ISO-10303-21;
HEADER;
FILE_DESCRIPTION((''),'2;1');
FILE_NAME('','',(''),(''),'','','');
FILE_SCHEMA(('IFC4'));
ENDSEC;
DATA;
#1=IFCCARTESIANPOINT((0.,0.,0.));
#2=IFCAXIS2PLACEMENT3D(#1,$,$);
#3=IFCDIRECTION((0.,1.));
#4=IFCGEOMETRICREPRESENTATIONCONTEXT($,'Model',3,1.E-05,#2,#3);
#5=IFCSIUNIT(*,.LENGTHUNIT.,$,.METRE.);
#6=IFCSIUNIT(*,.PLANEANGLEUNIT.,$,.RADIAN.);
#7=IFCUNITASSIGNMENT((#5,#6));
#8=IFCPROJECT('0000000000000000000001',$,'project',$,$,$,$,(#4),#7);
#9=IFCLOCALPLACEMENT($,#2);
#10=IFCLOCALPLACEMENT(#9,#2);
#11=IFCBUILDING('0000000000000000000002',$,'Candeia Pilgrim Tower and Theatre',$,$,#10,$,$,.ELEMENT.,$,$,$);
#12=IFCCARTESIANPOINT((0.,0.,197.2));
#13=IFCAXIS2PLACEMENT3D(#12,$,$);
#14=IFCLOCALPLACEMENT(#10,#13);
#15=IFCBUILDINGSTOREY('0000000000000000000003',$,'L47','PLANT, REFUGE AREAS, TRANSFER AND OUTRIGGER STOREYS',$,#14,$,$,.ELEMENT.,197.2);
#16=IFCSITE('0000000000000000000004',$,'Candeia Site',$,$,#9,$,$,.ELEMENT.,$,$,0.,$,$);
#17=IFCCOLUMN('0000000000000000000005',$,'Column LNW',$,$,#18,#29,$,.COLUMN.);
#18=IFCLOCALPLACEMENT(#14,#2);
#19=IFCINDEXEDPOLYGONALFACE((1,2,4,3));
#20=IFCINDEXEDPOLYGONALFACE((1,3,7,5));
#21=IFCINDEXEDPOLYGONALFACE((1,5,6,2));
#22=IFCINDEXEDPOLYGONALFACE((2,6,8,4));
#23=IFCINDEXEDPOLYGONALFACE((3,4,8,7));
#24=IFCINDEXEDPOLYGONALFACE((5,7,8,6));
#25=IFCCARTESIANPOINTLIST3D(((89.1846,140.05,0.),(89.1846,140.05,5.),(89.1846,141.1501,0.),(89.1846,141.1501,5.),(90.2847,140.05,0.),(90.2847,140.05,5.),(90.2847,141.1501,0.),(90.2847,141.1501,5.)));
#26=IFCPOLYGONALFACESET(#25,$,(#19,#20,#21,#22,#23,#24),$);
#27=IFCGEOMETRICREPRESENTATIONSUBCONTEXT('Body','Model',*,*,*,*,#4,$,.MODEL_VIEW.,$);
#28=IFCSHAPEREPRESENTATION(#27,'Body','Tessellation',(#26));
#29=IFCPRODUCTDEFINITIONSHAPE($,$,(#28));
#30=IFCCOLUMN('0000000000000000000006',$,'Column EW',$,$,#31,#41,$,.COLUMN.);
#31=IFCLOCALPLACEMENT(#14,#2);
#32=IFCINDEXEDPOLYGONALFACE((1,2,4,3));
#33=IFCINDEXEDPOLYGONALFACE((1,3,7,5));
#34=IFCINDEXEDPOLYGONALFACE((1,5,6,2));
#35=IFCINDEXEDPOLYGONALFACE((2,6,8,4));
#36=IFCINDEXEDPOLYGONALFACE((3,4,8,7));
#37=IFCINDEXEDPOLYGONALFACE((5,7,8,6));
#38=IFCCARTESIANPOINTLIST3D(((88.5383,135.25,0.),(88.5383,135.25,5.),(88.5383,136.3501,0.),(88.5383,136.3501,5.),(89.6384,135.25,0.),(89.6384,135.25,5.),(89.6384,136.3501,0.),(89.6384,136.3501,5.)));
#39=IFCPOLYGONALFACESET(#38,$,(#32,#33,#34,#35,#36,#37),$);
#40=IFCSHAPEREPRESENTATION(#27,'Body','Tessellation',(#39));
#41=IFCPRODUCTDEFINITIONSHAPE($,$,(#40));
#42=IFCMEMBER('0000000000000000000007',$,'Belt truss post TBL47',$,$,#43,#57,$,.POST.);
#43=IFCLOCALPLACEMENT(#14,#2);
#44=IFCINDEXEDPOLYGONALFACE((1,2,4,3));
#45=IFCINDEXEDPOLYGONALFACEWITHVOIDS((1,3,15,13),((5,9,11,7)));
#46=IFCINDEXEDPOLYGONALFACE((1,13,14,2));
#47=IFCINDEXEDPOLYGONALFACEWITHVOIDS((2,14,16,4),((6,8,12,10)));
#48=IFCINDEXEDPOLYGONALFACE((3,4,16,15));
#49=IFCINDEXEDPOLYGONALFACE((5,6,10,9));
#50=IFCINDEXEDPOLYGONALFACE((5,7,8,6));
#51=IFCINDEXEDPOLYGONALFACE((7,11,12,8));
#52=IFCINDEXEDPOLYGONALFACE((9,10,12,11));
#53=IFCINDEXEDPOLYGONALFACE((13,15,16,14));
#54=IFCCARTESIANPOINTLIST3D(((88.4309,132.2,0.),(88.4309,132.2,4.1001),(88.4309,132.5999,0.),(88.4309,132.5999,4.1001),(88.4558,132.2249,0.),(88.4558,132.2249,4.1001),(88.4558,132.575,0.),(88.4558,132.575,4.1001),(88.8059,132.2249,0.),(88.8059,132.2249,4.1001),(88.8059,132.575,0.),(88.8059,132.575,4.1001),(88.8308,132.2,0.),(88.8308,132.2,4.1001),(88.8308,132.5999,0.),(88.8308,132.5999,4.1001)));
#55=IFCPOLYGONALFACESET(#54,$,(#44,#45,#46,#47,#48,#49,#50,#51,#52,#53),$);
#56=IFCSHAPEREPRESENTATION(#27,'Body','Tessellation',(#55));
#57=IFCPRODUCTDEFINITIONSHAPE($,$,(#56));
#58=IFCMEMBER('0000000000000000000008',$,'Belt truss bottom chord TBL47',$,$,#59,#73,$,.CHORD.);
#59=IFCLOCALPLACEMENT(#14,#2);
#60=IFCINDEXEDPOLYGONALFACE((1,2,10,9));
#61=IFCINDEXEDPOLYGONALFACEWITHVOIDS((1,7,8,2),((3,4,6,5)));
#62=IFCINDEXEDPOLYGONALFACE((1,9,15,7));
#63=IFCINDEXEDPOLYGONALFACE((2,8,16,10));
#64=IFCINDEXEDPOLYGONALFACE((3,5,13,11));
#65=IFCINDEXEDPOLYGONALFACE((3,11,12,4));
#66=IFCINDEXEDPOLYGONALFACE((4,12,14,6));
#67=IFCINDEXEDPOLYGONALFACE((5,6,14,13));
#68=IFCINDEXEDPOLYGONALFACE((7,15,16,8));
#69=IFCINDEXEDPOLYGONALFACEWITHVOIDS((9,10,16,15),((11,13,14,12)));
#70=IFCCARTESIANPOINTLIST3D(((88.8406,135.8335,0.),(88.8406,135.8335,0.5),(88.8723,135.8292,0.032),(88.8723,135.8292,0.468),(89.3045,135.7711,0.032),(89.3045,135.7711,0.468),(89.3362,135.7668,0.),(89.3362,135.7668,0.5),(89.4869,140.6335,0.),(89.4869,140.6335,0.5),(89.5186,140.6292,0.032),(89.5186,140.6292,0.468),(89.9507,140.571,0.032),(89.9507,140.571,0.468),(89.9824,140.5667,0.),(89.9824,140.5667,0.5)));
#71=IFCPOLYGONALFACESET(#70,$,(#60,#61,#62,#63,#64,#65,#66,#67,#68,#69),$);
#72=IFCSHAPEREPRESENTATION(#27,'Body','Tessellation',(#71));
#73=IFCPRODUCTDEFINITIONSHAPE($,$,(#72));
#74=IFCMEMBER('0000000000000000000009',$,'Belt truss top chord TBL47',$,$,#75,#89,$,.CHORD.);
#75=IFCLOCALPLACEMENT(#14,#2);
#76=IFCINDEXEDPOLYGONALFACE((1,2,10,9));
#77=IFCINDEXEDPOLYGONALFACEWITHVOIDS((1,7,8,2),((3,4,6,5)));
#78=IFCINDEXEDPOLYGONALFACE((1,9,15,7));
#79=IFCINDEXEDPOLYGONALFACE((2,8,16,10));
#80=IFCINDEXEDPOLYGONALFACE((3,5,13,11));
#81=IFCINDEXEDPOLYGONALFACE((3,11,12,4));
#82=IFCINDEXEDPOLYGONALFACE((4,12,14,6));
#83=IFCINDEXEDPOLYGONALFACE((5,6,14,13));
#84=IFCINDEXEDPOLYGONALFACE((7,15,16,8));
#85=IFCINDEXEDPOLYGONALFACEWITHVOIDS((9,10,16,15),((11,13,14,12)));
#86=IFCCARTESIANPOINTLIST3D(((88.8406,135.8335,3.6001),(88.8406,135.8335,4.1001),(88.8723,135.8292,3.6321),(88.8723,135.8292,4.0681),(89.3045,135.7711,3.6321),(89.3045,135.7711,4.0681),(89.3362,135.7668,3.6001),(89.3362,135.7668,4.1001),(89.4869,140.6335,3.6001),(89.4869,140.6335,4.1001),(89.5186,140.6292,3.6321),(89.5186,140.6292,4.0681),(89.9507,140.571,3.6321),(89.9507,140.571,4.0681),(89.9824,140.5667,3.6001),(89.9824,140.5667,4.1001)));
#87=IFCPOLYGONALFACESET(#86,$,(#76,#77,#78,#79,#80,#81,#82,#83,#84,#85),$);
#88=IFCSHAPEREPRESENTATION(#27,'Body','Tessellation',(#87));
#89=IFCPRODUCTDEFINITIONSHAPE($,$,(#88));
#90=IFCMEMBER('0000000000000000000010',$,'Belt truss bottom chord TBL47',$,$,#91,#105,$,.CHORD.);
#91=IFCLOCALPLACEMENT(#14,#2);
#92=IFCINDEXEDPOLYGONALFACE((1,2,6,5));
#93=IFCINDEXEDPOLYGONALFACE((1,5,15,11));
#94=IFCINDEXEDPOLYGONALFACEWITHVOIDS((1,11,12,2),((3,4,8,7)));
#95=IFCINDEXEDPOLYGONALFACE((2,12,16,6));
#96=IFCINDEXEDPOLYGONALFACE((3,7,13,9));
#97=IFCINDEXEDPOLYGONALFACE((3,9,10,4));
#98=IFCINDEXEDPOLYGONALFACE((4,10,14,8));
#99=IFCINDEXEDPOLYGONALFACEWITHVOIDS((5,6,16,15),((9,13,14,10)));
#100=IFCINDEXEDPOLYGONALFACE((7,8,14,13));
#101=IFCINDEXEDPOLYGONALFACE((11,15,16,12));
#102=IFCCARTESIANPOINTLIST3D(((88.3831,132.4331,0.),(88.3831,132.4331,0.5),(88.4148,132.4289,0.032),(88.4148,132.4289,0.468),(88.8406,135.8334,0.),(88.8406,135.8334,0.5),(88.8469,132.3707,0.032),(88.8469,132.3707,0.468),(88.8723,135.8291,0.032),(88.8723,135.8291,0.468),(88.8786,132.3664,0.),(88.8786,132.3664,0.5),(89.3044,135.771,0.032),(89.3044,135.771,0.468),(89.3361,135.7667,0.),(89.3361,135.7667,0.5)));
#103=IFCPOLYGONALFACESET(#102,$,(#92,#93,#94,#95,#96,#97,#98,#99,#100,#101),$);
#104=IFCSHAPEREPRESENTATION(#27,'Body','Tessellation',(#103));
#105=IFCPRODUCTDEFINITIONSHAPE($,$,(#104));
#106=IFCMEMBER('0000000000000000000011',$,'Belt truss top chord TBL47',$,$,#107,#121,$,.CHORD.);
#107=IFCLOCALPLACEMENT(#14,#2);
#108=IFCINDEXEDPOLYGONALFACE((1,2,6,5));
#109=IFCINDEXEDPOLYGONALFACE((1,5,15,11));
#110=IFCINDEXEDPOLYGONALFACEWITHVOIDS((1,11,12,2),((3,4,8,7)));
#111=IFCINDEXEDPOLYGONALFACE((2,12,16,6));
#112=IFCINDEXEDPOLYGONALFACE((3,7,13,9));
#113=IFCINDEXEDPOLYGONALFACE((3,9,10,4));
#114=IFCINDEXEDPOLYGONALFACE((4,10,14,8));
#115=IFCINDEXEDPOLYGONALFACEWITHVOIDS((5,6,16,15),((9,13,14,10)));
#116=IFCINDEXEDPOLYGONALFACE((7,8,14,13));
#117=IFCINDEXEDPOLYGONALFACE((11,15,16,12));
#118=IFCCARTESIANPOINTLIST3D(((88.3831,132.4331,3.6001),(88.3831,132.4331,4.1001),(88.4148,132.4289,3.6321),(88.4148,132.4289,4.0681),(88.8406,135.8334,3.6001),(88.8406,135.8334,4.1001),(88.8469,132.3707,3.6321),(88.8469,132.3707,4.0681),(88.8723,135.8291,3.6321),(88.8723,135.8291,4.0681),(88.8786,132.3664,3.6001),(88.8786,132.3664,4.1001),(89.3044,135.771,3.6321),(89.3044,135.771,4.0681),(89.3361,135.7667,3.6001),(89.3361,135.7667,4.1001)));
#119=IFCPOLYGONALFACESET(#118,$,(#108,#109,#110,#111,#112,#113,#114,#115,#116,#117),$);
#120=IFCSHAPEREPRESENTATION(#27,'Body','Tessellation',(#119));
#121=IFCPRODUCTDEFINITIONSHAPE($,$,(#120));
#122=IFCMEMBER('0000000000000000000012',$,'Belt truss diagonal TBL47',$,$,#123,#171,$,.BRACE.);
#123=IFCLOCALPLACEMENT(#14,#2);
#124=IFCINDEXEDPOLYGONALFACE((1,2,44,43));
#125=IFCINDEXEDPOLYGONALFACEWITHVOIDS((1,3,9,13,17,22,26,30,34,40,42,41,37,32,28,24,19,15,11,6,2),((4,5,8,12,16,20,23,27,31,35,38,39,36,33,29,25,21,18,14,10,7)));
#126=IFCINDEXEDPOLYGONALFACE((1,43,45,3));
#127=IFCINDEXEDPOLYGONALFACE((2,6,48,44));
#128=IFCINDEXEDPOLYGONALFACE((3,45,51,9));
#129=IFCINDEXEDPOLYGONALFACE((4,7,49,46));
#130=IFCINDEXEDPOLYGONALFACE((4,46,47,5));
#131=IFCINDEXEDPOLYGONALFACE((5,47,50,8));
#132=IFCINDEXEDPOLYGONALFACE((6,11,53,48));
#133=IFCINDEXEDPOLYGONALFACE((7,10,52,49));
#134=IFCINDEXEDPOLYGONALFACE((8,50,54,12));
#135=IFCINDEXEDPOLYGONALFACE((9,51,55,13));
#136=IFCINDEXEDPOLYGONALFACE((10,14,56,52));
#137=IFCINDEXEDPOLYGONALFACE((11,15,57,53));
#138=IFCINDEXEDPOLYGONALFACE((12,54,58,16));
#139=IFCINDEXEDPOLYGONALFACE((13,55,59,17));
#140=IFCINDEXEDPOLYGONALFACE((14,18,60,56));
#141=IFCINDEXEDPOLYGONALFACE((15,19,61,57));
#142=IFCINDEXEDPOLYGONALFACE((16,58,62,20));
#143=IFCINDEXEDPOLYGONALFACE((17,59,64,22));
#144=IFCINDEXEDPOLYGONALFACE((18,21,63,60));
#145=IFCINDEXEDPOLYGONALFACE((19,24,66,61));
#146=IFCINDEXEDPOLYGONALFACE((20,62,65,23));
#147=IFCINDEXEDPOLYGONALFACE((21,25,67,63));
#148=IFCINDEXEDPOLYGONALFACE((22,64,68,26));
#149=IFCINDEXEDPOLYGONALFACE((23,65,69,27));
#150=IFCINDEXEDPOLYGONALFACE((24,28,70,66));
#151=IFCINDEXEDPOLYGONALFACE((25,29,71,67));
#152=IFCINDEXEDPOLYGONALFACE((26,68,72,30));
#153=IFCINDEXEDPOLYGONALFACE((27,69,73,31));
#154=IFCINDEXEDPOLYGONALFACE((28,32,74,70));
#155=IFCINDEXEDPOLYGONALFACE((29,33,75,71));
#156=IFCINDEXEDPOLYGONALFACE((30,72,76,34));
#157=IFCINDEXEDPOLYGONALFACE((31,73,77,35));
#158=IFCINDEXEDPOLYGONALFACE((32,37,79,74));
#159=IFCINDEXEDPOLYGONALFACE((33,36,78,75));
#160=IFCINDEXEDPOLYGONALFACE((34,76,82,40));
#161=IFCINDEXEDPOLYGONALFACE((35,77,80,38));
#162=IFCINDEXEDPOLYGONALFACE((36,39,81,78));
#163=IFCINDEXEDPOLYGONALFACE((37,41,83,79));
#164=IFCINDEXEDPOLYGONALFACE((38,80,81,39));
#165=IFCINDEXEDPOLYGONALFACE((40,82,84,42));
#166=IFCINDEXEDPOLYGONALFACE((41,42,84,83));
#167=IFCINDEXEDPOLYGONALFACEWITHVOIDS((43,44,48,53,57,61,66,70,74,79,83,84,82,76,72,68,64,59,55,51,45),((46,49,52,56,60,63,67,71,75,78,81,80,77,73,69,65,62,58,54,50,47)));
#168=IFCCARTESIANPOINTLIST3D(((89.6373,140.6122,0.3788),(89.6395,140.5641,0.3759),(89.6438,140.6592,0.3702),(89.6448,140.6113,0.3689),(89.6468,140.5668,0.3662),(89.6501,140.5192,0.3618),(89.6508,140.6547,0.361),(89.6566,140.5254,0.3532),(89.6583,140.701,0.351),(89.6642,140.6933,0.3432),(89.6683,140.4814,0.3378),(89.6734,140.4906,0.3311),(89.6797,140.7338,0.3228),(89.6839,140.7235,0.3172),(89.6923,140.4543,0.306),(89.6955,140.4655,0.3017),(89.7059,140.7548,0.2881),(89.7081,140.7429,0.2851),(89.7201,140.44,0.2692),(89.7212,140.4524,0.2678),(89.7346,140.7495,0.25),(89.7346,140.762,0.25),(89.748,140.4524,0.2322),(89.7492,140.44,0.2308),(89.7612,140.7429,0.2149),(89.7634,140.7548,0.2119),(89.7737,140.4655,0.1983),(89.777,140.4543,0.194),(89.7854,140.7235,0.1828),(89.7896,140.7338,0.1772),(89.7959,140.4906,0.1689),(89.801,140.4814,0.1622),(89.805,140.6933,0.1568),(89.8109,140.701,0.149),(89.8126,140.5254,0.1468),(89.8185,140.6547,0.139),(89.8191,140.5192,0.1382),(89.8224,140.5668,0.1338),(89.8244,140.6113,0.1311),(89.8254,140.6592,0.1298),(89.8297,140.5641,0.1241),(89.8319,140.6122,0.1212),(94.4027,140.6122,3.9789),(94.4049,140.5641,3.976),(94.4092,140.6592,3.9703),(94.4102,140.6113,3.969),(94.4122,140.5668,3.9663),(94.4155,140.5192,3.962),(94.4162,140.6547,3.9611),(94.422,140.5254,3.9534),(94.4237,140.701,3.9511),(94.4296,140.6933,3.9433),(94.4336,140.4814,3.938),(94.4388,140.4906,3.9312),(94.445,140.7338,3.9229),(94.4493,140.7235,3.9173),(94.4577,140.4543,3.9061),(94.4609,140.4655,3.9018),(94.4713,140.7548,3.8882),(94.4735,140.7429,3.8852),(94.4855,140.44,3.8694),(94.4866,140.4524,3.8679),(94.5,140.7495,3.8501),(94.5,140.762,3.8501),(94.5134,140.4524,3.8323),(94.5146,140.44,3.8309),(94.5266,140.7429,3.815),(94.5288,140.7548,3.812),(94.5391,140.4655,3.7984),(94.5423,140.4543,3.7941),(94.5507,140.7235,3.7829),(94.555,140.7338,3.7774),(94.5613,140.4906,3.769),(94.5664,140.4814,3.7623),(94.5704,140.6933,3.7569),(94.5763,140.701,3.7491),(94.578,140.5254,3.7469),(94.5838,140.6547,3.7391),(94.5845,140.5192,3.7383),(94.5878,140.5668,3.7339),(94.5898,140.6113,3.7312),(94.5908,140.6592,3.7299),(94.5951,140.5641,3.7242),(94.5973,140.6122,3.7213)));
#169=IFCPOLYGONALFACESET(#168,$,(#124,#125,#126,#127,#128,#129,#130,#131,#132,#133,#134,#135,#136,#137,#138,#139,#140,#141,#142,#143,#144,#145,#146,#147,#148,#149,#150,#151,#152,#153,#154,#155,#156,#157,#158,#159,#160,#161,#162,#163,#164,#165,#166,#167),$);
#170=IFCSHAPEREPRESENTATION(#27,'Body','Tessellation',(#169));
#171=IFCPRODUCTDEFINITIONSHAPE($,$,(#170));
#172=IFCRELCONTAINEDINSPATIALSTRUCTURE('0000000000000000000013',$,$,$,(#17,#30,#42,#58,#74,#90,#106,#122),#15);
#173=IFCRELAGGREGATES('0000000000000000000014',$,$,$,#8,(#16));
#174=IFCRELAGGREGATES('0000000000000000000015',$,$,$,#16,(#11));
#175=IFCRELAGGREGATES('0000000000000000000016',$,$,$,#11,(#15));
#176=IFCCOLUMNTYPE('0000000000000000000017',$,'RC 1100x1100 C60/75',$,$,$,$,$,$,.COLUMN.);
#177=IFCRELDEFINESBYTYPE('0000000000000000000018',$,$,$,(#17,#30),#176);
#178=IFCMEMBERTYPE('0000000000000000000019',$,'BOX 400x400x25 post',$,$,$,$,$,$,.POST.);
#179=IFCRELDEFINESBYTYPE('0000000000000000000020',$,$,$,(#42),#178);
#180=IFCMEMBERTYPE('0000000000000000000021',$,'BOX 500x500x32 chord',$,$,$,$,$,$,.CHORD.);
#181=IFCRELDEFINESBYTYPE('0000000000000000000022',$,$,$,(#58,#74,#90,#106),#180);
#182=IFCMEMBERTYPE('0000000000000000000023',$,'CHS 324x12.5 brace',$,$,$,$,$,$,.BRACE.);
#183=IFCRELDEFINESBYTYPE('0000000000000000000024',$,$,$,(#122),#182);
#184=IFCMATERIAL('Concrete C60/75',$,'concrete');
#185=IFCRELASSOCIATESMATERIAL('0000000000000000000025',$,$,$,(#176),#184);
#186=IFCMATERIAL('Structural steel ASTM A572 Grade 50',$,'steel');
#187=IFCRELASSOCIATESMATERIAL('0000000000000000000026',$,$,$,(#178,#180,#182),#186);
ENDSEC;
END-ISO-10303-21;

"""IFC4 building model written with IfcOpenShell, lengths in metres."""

from ifc_helpers import new_model, si_unit, direction, frame, origin, origin_2d, place, context, subcontext, project, spatial, rectangle, hollow_rectangle, hollow_circle, extrude, material, material_profile, profile_set, type_object, element, save


model = new_model("IFC4")

# Units and contexts
model_context = context("Model", 3, precision=1e-05, world=origin(), true_north=direction((0.0, 1.0)))
body_context = subcontext(model_context, "Body", "Model", "MODEL_VIEW")
ifc_project = project(units=[si_unit("LENGTHUNIT", "METRE"), si_unit("PLANEANGLEUNIT", "RADIAN")], contexts=[model_context])

# Site, building, storey
site_placement = place(None, origin())
site = spatial("IfcSite", under=ifc_project, at=site_placement, Name="Candeia Site", CompositionType="ELEMENT", RefElevation=0.0)
building_placement = place(site_placement, origin())
building = spatial("IfcBuilding", under=site, at=building_placement, Name="Candeia Pilgrim Tower and Theatre", CompositionType="ELEMENT")
storey_placement = place(building_placement, frame((0.0, 0.0, 197.2)))
storey = spatial("IfcBuildingStorey", under=building, at=storey_placement, Name="L47", Description="PLANT, REFUGE AREAS, TRANSFER AND OUTRIGGER STOREYS", CompositionType="ELEMENT", Elevation=197.2)

# Columns
ifc_material_1 = material(Name="Concrete C60/75", Category="concrete")
ifc_material_profile_1 = material_profile(ifc_material_1, rectangle(XDim=1.1001, YDim=1.1001, at=origin_2d()))
ifc_profile_set_1 = profile_set([ifc_material_profile_1], Name="Concrete C60/75")
column_type = type_object("IfcColumnType", Name="RC 1100x1100 C60/75", PredefinedType="COLUMN", material=ifc_profile_set_1)
for number, where, z_axis, x_axis, name in (
    (1, (89.7346, 140.6001, 0.0), (0.0, 0.0, 1.0), (1.0, 0.0, 0.0), "Column LNW"),
    (2, (89.0884, 135.8, 0.0), (0.0, 0.0, 1.0), (1.0, 0.0, 0.0), "Column EW"),
):
    element("IfcColumn", number, at=place(storey_placement, frame(where, z_axis=z_axis, x_axis=x_axis)), inside=storey, type_object=column_type, Name=name, PredefinedType="COLUMN", context=body_context, shape_type="SweptSolid", body=[
        extrude(rectangle(XDim=1.1001, YDim=1.1001, at=origin_2d()), origin(), (0.0, 0.0, 1.0), 5.0),
    ])

# Members
ifc_material_2 = material(Name="Structural steel ASTM A572 Grade 50", Category="steel")
ifc_material_profile_2 = material_profile(ifc_material_2, hollow_rectangle(XDim=0.3999, YDim=0.3999, WallThickness=0.0249, at=origin_2d()))
ifc_profile_set_2 = profile_set([ifc_material_profile_2], Name="Structural steel ASTM A572 Grade 50")
member_type_1 = type_object("IfcMemberType", Name="BOX 400x400x25 post", PredefinedType="POST", material=ifc_profile_set_2)
member_1_placement = place(storey_placement, frame((88.6309, 132.3999, 0.0), z_axis=(0.0, 0.0, 1.0), x_axis=(1.0, 0.0, 0.0)))
element("IfcMember", 3, at=member_1_placement, inside=storey, type_object=member_type_1, Name="Belt truss post TBL47", PredefinedType="POST", context=body_context, shape_type="SweptSolid", body=[
    extrude(hollow_rectangle(XDim=0.3999, YDim=0.3999, WallThickness=0.0249, at=origin_2d()), origin(), (0.0, 0.0, 1.0), 4.1001),
])
ifc_material_profile_3 = material_profile(ifc_material_2, hollow_rectangle(XDim=0.5, YDim=0.5, WallThickness=0.032, at=origin_2d()))
ifc_profile_set_3 = profile_set([ifc_material_profile_3], Name="Structural steel ASTM A572 Grade 50")
member_type_2 = type_object("IfcMemberType", Name="BOX 500x500x32 chord", PredefinedType="CHORD", material=ifc_profile_set_3)
for number, where, z_axis, x_axis, name in (
    (4, (89.7346, 140.6001, 0.25), (-0.133428, -0.991058, 0.0), (0.991058, -0.133428, 0.0), "Belt truss bottom chord TBL47"),
    (5, (89.7346, 140.6001, 3.8501), (-0.133428, -0.991058, 0.0), (0.991058, -0.133428, 0.0), "Belt truss top chord TBL47"),
):
    element("IfcMember", number, at=place(storey_placement, frame(where, z_axis=z_axis, x_axis=x_axis)), inside=storey, type_object=member_type_2, Name=name, PredefinedType="CHORD", context=body_context, shape_type="SweptSolid", body=[
        extrude(hollow_rectangle(XDim=0.5, YDim=0.5, WallThickness=0.032, at=origin_2d()), origin(), (0.0, 0.0, 1.0), 4.8433),
    ])
for number, where, z_axis, x_axis, name in (
    (6, (89.0884, 135.8, 0.25), (-0.133357, -0.991068, 0.0), (0.991068, -0.133357, 0.0), "Belt truss bottom chord TBL47"),
    (7, (89.0884, 135.8, 3.8501), (-0.133357, -0.991068, 0.0), (0.991068, -0.133357, 0.0), "Belt truss top chord TBL47"),
):
    element("IfcMember", number, at=place(storey_placement, frame(where, z_axis=z_axis, x_axis=x_axis)), inside=storey, type_object=member_type_2, Name=name, PredefinedType="CHORD", context=body_context, shape_type="SweptSolid", body=[
        extrude(hollow_rectangle(XDim=0.5, YDim=0.5, WallThickness=0.032, at=origin_2d()), origin(), (0.0, 0.0, 1.0), 3.4309),
    ])
ifc_material_profile_4 = material_profile(ifc_material_2, hollow_circle(Radius=0.1619, WallThickness=0.0125, at=origin_2d()))
ifc_profile_set_4 = profile_set([ifc_material_profile_4], Name="Structural steel ASTM A572 Grade 50")
member_type_3 = type_object("IfcMemberType", Name="CHS 324x12.5 brace", PredefinedType="BRACE", material=ifc_profile_set_4)
member_2_placement = place(storey_placement, frame((89.7346, 140.6001, 0.25), z_axis=(0.797901, 0.0, 0.602789), x_axis=(0.0, 1.0, 0.0)))
element("IfcMember", 8, at=member_2_placement, inside=storey, type_object=member_type_3, Name="Belt truss diagonal TBL47", PredefinedType="BRACE", context=body_context, shape_type="SweptSolid", body=[
    extrude(hollow_circle(Radius=0.1619, WallThickness=0.0125, at=origin_2d()), origin(), (0.0, 0.0, 1.0), 5.9724),
])

save(model, "model.ifc")
